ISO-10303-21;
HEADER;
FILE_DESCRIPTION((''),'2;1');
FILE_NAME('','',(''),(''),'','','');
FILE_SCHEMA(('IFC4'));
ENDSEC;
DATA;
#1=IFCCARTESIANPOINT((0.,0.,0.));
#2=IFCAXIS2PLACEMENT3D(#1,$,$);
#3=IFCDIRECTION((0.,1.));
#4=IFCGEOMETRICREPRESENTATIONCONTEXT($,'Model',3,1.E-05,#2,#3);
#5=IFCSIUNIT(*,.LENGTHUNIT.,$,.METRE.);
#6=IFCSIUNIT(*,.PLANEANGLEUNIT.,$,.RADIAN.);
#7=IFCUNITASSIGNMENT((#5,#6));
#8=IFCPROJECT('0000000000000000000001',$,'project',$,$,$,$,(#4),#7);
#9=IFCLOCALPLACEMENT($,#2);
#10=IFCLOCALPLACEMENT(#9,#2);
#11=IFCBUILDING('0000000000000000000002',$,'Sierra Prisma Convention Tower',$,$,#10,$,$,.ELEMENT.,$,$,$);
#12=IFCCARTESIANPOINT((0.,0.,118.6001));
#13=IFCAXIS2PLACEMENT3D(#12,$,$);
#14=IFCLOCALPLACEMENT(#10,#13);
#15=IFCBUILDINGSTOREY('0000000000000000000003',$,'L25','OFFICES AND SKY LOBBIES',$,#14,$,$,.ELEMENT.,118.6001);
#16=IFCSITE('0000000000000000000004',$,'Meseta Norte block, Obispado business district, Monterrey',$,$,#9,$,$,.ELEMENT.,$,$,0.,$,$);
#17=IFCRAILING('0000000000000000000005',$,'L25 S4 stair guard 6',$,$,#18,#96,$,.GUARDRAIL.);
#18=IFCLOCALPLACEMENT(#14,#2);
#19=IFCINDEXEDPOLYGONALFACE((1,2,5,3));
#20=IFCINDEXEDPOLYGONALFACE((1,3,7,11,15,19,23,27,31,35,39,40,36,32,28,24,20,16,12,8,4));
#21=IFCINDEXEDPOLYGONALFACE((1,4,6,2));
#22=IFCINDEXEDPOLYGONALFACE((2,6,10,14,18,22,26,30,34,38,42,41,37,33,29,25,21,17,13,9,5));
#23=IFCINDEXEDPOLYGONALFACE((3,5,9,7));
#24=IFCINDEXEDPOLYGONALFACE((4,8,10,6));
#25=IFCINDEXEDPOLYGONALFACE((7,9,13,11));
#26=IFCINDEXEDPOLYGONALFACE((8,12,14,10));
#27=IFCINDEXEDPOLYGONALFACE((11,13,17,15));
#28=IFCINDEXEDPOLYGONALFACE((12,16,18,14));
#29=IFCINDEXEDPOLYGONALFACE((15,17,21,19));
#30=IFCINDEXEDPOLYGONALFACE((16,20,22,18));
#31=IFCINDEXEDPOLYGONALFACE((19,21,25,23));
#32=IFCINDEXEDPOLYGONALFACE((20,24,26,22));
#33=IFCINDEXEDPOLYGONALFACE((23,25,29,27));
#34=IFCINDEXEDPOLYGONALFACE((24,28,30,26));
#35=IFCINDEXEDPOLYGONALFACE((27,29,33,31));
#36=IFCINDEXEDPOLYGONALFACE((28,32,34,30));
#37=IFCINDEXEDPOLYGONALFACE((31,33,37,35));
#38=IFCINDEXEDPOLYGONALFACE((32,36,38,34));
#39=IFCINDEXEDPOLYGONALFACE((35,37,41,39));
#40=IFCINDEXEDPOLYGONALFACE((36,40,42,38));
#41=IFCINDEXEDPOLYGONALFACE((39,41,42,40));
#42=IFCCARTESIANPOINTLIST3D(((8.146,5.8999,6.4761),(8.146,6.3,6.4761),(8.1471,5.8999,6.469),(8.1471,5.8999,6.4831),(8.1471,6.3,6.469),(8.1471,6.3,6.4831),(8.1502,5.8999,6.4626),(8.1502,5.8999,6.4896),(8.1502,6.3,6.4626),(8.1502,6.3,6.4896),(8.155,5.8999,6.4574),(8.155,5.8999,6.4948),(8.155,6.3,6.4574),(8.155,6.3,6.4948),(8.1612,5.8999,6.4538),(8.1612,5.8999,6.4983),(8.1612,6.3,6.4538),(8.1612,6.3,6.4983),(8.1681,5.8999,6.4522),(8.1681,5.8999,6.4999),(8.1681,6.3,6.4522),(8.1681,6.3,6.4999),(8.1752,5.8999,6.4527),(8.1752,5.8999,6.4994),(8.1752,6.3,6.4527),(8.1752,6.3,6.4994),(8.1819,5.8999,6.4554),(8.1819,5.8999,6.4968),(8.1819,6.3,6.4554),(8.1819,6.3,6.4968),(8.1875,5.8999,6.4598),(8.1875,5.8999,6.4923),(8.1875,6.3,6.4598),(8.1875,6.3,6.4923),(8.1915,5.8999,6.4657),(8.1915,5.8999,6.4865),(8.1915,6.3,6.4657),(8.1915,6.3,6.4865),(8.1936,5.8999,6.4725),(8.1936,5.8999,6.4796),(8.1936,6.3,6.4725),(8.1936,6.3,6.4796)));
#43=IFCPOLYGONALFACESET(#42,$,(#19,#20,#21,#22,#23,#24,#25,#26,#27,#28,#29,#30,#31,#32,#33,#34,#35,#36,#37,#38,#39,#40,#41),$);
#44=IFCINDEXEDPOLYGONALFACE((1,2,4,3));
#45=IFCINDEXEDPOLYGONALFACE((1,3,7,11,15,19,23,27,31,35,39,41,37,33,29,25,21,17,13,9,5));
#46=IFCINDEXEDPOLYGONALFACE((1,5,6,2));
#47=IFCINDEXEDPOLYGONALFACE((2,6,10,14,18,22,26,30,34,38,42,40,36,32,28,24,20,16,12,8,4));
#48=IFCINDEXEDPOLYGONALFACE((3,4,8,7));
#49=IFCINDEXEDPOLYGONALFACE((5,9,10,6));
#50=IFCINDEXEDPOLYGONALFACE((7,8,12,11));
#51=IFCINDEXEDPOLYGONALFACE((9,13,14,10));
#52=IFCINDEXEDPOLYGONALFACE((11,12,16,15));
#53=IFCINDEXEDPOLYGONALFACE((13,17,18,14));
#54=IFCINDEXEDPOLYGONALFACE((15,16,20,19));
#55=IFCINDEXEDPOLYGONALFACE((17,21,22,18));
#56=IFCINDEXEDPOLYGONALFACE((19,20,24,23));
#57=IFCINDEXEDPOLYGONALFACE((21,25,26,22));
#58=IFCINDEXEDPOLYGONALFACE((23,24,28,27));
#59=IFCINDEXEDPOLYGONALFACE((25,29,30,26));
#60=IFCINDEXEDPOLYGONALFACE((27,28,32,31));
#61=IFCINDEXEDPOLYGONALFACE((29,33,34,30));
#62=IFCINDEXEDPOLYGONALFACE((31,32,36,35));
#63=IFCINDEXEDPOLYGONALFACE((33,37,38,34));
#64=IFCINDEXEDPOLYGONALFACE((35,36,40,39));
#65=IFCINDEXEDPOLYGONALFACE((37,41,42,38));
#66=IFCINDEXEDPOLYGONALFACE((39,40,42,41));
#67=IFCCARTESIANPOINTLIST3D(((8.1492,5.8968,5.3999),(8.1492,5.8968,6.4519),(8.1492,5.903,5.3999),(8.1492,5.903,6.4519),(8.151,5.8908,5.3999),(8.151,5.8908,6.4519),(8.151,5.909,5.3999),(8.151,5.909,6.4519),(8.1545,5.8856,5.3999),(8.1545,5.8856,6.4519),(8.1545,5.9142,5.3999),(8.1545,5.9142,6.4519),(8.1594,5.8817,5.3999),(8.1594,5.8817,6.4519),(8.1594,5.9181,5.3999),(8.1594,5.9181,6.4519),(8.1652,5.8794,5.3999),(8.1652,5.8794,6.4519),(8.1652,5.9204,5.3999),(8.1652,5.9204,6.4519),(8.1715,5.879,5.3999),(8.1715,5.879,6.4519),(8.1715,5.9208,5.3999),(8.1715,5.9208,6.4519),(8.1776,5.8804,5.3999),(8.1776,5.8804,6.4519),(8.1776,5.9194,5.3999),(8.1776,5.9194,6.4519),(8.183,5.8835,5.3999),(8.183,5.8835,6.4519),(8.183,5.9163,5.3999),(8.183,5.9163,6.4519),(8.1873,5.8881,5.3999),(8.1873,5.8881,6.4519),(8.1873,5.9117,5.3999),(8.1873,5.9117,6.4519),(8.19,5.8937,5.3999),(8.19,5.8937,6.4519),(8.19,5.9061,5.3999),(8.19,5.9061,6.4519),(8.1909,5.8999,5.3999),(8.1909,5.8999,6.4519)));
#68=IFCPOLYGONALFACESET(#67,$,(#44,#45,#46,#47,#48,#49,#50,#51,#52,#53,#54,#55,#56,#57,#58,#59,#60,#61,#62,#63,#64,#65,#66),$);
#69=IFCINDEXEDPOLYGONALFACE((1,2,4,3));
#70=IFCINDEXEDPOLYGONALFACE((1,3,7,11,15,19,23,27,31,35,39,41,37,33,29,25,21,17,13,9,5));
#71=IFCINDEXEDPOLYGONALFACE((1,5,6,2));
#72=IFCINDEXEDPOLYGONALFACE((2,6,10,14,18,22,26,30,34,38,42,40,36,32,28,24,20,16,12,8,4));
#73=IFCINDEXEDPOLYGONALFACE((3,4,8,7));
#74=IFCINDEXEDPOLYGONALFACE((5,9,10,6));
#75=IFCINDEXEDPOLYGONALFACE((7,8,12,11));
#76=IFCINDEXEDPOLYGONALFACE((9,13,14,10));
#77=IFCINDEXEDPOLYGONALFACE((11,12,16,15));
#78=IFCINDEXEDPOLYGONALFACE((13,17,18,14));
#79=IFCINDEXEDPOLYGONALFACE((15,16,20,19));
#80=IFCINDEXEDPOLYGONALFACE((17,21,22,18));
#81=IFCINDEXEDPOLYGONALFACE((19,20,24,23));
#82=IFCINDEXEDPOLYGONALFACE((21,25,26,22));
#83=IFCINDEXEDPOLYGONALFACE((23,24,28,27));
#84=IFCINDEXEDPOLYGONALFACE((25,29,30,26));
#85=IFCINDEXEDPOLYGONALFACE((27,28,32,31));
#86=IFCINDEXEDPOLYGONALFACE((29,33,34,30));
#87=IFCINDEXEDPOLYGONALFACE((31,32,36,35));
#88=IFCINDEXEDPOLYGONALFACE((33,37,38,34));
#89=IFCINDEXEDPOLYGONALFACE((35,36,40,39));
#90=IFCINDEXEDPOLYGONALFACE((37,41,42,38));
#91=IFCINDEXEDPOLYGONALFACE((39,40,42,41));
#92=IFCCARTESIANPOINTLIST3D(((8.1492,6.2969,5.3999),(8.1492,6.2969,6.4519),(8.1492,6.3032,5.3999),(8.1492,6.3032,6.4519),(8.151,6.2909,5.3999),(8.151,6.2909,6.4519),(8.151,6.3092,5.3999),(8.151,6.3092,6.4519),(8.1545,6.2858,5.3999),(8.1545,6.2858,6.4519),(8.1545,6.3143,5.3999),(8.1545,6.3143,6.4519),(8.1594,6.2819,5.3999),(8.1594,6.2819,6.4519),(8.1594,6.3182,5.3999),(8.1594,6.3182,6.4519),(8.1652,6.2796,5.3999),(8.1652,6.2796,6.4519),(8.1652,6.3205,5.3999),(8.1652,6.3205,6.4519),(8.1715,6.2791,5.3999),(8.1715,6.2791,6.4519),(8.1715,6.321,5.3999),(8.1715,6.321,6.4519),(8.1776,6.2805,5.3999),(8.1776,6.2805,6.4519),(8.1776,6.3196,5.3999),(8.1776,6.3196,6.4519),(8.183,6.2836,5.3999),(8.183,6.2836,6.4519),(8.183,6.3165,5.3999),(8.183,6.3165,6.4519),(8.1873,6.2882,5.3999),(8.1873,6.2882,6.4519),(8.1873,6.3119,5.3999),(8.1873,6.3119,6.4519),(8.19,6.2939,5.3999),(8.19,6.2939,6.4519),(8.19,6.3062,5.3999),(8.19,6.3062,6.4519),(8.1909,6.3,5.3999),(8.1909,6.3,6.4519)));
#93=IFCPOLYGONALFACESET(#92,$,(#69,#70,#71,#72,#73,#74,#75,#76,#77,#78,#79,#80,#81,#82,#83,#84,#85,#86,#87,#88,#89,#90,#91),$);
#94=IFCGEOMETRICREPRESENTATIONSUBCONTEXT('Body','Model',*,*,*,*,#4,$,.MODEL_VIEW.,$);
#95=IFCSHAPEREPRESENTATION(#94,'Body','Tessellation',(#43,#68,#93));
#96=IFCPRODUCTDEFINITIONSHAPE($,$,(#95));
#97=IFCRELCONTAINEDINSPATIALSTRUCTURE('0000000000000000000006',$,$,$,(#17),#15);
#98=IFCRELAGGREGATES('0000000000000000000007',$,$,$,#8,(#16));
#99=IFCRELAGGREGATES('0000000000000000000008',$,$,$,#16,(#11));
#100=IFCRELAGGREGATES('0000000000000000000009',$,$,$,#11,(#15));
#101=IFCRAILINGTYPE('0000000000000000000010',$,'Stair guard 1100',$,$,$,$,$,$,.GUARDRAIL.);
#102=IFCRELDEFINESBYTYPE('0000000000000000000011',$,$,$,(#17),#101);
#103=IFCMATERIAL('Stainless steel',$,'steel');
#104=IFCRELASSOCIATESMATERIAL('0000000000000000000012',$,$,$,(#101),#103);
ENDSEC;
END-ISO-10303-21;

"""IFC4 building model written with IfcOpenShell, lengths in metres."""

from ifc_helpers import new_model, si_unit, direction, frame, origin, origin_2d, place, context, subcontext, project, spatial, circle, extrude, material, type_object, element, save


model = new_model("IFC4")

# Units and contexts
model_context = context("Model", 3, precision=1e-05, world=origin(), true_north=direction((0.0, 1.0)))
body_context = subcontext(model_context, "Body", "Model", "MODEL_VIEW")
ifc_project = project(units=[si_unit("LENGTHUNIT", "METRE"), si_unit("PLANEANGLEUNIT", "RADIAN")], contexts=[model_context])

# Site, building, storey
site_placement = place(None, origin())
site = spatial("IfcSite", under=ifc_project, at=site_placement, Name="Meseta Norte block, Obispado business district, Monterrey", CompositionType="ELEMENT", RefElevation=0.0)
building_placement = place(site_placement, origin())
building = spatial("IfcBuilding", under=site, at=building_placement, Name="Sierra Prisma Convention Tower", CompositionType="ELEMENT")
storey_placement = place(building_placement, frame((0.0, 0.0, 118.6001)))
storey = spatial("IfcBuildingStorey", under=building, at=storey_placement, Name="L25", Description="OFFICES AND SKY LOBBIES", CompositionType="ELEMENT", Elevation=118.6001)

# Railing
ifc_material_1 = material(Name="Stainless steel", Category="steel")
railing_type = type_object("IfcRailingType", Name="Stair guard 1100", PredefinedType="GUARDRAIL", material=ifc_material_1)
railing_1_placement = place(storey_placement, frame((8.1699, 5.8999, 5.3999)))
element("IfcRailing", 1, at=railing_1_placement, inside=storey, type_object=railing_type, Name="L25 S4 stair guard 6", PredefinedType="GUARDRAIL", context=body_context, shape_type="SweptSolid", body=[
    extrude(circle(Radius=0.0239, at=origin_2d()), frame((0.0, 0.0, 1.0762), z_axis=(0.0, 1.0, 0.0), x_axis=(-1.0, 0.0, 0.0)), (0.0, 0.0, 1.0), 0.4001),
    extrude(circle(Radius=0.021, at=origin_2d()), origin(), (0.0, 0.0, 1.0), 1.052),
    extrude(circle(Radius=0.021, at=origin_2d()), frame((0.0, 0.4001, 0.0)), (0.0, 0.0, 1.0), 1.052),
])

save(model, "model.ifc")
